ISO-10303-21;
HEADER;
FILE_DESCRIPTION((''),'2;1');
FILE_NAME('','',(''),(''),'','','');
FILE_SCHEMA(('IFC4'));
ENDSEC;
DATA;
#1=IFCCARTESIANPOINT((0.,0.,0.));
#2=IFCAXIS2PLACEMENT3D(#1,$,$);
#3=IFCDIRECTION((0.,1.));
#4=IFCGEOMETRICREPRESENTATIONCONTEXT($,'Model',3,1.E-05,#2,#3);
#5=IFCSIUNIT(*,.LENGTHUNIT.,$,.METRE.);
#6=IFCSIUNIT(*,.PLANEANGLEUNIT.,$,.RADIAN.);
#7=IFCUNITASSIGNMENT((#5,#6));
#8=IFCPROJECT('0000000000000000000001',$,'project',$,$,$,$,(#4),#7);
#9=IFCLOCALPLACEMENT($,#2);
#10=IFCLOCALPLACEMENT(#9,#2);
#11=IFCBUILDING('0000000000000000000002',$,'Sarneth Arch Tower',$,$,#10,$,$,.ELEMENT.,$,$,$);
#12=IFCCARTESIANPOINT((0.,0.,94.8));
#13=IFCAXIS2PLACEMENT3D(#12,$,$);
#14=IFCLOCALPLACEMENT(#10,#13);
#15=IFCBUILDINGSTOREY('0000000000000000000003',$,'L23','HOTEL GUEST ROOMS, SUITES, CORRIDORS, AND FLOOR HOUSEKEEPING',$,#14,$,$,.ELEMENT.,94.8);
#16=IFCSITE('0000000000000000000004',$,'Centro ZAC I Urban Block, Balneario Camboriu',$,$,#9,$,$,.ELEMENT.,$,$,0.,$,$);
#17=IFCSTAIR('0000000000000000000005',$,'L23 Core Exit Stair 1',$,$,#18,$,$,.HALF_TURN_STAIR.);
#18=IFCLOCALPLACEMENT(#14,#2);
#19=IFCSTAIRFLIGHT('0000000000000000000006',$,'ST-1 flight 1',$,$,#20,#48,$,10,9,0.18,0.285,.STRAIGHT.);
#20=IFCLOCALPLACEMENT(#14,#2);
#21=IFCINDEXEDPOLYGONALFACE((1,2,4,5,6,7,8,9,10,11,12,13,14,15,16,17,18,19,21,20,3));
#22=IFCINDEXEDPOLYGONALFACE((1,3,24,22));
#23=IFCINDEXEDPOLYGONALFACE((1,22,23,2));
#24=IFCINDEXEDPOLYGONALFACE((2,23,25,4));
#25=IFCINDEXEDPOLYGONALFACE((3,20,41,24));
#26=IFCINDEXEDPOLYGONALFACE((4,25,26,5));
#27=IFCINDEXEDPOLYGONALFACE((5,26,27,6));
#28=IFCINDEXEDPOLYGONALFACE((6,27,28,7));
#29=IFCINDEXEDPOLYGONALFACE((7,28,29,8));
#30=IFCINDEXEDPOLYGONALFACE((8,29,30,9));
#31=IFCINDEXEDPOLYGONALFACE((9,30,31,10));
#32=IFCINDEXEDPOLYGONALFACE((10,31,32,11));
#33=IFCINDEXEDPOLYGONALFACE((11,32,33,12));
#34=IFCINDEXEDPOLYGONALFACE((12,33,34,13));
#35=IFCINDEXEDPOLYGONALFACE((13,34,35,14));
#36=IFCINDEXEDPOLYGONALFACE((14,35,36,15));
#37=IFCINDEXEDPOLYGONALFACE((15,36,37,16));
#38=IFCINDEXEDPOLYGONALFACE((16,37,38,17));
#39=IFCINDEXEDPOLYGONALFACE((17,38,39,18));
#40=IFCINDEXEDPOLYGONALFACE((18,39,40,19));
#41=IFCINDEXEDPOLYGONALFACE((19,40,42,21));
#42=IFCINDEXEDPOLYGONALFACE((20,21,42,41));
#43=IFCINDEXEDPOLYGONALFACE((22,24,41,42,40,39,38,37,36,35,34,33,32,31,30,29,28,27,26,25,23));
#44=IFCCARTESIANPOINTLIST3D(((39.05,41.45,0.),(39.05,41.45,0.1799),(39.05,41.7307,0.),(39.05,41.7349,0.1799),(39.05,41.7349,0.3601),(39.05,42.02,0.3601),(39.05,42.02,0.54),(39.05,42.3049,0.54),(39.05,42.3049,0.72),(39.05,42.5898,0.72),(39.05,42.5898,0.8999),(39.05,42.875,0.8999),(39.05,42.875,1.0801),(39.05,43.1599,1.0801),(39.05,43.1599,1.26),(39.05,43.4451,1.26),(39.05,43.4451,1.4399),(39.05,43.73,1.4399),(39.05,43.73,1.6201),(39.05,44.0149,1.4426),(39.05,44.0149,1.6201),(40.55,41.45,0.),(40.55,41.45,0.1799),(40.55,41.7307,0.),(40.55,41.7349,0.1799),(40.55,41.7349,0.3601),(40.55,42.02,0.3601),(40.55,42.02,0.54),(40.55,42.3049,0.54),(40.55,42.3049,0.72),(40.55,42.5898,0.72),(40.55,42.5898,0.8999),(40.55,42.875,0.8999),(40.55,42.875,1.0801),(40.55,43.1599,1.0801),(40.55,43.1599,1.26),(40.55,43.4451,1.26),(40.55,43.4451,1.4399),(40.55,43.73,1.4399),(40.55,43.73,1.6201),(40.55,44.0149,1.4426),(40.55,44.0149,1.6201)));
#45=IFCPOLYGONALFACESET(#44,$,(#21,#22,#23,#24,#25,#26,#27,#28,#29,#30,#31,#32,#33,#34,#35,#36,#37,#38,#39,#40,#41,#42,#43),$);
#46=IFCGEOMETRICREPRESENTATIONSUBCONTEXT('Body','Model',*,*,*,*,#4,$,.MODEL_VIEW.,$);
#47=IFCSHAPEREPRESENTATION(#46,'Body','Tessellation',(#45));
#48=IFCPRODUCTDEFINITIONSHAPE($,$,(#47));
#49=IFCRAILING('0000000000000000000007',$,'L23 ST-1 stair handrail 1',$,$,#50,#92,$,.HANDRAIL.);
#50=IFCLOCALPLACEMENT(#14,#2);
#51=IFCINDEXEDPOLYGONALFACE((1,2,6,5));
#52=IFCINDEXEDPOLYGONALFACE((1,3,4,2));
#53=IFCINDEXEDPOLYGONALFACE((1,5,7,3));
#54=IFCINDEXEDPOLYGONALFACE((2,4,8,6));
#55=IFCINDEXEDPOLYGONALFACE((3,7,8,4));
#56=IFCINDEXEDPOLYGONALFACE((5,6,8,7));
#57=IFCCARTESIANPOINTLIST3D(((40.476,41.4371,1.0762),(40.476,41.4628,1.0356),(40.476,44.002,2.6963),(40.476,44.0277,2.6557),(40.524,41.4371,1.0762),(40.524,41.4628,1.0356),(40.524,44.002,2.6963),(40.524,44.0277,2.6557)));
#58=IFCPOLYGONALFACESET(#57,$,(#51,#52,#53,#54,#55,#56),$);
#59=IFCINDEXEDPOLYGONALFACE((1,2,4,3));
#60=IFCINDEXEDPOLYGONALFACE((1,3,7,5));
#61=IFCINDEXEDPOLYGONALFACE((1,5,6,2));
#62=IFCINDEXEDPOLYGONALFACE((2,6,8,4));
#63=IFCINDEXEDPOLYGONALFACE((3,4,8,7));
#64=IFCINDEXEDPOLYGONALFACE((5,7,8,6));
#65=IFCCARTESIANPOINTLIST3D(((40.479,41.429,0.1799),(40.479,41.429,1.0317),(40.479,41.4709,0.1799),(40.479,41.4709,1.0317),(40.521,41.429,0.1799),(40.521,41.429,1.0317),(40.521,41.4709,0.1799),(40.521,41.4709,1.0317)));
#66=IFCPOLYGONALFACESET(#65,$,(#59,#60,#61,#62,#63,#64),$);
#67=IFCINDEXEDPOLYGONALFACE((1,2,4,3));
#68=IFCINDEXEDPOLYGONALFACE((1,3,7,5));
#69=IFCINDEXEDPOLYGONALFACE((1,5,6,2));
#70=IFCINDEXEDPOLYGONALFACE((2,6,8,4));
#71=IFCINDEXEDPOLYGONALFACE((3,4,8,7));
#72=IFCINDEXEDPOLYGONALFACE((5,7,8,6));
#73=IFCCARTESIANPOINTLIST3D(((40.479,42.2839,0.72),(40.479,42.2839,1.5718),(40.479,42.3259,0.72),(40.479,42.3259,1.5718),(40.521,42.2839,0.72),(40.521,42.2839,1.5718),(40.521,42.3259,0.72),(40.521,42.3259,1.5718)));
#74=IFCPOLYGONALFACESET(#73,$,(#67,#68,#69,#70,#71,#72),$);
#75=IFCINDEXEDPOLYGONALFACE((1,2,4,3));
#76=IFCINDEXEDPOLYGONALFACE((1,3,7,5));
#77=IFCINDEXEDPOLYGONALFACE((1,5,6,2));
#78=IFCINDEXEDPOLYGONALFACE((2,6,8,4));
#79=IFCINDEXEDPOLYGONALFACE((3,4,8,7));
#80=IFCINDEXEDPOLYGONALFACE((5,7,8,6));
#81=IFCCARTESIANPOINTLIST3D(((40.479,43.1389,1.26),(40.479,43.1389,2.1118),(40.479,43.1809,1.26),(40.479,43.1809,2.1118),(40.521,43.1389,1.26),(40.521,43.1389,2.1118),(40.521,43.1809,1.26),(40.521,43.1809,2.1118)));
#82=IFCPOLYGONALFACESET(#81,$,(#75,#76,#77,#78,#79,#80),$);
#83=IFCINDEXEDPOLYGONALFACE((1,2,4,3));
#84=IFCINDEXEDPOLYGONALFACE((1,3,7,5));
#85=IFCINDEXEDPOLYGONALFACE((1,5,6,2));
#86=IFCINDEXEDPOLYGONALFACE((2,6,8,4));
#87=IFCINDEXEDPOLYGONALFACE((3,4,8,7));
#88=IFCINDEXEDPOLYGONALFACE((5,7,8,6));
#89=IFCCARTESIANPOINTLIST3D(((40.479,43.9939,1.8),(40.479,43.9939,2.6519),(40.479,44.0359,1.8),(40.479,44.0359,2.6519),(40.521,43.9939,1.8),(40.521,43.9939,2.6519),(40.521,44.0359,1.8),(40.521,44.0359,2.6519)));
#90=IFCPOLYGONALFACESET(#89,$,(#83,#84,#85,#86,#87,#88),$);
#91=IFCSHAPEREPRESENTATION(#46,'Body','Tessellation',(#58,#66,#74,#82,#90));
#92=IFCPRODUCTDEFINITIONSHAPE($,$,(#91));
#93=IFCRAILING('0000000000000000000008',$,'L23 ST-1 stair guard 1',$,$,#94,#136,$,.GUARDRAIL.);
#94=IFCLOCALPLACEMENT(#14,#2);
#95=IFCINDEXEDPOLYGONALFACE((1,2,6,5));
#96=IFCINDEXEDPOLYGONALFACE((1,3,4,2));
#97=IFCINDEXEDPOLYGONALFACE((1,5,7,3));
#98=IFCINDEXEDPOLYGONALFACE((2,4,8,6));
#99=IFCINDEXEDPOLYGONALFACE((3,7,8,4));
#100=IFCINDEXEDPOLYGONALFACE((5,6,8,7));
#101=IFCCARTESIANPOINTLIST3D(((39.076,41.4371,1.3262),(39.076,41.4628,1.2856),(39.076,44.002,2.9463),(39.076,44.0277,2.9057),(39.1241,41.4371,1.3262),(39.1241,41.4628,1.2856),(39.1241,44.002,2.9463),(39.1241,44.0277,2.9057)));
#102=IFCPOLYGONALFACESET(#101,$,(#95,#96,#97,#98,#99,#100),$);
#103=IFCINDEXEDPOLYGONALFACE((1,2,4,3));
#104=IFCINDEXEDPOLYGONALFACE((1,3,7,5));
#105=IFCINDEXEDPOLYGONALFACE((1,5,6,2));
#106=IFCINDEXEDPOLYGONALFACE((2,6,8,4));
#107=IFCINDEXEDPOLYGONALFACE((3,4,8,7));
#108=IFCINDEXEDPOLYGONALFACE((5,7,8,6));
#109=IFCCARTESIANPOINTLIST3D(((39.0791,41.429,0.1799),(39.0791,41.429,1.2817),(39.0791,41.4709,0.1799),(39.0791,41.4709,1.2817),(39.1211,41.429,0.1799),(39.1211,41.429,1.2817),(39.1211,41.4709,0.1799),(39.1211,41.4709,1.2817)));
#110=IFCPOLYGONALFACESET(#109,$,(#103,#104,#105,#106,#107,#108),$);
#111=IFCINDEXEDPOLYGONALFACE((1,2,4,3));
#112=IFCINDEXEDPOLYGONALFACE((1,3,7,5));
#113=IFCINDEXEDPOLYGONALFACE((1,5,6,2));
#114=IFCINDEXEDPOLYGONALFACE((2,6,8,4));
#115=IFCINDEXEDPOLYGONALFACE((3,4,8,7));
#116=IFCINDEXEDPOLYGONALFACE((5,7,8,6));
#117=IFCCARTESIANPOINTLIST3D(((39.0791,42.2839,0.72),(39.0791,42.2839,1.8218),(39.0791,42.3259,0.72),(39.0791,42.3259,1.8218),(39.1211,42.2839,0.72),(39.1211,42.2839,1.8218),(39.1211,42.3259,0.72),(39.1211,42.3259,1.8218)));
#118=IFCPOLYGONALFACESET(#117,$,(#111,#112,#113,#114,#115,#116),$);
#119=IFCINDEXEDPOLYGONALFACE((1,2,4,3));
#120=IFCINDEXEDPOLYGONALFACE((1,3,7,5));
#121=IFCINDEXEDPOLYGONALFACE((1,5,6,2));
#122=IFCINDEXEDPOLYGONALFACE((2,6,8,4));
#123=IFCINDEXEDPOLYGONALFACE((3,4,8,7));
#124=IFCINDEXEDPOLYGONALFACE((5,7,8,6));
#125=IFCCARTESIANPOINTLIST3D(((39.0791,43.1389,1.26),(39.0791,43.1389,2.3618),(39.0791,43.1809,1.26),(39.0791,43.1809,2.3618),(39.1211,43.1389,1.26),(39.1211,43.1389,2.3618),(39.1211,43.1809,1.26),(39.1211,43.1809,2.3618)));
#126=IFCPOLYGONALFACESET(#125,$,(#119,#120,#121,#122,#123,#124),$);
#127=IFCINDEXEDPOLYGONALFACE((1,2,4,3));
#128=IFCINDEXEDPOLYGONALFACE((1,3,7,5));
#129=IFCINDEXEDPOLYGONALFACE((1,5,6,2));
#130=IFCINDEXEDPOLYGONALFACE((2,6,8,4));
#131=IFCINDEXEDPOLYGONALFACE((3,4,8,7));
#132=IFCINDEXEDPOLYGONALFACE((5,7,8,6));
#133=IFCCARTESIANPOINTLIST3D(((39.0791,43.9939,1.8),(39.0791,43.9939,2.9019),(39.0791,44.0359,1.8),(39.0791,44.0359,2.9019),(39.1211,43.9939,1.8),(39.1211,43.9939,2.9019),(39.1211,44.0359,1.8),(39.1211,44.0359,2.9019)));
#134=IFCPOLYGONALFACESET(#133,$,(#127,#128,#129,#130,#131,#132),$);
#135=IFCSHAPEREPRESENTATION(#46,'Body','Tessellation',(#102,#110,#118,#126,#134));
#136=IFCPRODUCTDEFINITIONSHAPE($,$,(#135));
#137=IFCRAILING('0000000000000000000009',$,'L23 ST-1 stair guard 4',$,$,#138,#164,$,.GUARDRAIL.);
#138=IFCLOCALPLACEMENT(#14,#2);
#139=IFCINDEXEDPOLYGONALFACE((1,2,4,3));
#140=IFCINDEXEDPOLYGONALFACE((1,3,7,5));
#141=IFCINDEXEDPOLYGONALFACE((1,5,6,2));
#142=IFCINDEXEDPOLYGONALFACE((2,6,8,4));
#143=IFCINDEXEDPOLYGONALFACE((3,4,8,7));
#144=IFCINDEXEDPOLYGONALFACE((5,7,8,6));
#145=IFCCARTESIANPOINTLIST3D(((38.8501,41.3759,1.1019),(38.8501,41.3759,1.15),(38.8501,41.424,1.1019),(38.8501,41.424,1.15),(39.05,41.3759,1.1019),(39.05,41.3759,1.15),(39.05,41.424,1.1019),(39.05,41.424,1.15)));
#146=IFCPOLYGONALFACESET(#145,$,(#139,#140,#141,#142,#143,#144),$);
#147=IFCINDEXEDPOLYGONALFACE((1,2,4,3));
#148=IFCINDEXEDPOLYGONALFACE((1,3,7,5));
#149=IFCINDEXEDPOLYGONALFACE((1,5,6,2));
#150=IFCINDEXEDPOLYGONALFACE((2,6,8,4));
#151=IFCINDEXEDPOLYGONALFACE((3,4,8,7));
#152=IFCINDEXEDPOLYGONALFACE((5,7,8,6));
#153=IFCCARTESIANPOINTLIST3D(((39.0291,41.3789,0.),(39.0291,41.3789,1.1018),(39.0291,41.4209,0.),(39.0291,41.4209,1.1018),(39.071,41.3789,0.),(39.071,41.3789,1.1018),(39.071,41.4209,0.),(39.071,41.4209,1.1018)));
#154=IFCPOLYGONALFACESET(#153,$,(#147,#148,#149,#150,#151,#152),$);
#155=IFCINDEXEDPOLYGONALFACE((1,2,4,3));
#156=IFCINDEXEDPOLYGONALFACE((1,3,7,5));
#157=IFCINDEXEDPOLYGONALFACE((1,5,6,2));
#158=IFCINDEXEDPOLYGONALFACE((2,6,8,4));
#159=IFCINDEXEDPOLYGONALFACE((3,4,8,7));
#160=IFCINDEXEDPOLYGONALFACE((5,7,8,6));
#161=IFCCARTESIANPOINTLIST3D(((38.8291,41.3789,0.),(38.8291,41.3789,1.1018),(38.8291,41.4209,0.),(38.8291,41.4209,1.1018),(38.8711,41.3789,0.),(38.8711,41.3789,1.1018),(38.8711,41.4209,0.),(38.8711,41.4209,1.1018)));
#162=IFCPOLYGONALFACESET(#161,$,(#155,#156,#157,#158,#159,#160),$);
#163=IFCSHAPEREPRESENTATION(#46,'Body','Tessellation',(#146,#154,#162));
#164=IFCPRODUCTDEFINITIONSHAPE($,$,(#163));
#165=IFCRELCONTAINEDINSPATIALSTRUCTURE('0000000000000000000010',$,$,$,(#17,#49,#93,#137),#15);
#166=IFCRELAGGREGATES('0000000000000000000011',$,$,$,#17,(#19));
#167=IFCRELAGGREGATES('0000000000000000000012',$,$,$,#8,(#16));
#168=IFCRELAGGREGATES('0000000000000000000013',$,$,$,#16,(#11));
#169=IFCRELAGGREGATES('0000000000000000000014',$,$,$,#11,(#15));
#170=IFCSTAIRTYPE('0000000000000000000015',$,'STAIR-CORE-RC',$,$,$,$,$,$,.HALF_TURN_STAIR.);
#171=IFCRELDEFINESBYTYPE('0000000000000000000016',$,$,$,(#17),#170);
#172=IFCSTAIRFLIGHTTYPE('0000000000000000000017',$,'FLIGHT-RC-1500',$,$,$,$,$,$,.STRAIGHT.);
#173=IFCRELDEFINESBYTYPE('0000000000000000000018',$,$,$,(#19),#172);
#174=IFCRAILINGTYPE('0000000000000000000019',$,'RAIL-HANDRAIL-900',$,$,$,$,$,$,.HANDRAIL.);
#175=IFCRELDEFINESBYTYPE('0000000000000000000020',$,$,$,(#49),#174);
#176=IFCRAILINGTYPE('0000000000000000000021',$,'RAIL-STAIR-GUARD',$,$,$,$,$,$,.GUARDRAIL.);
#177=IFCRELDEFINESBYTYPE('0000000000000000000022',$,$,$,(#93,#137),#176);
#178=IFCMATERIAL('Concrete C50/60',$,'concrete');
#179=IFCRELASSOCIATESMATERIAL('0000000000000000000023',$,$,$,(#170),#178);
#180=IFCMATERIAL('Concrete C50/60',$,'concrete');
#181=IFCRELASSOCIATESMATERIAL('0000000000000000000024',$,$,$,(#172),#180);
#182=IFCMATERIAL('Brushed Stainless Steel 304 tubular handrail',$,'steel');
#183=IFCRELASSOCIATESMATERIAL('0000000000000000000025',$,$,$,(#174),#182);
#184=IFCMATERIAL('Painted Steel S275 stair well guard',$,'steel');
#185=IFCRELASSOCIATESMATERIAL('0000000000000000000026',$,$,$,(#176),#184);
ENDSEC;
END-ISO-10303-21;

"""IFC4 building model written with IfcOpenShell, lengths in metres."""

from ifc_helpers import new_model, si_unit, direction, frame, origin, origin_2d, place, context, subcontext, project, spatial, polyline, rectangle, outline, extrude, material, type_object, element, aggregate, save


model = new_model("IFC4")

# Units and contexts
model_context = context("Model", 3, precision=1e-05, world=origin(), true_north=direction((0.0, 1.0)))
body_context = subcontext(model_context, "Body", "Model", "MODEL_VIEW")
ifc_project = project(units=[si_unit("LENGTHUNIT", "METRE"), si_unit("PLANEANGLEUNIT", "RADIAN")], contexts=[model_context])

# Site, building, storey
site_placement = place(None, origin())
site = spatial("IfcSite", under=ifc_project, at=site_placement, Name="Centro ZAC I Urban Block, Balneario Camboriu", CompositionType="ELEMENT", RefElevation=0.0)
building_placement = place(site_placement, origin())
building = spatial("IfcBuilding", under=site, at=building_placement, Name="Sarneth Arch Tower", CompositionType="ELEMENT")
storey_placement = place(building_placement, frame((0.0, 0.0, 94.8)))
storey = spatial("IfcBuildingStorey", under=building, at=storey_placement, Name="L23", Description="HOTEL GUEST ROOMS, SUITES, CORRIDORS, AND FLOOR HOUSEKEEPING", CompositionType="ELEMENT", Elevation=94.8)

# Stair, stair flight
ifc_material_1 = material(Name="Concrete C50/60", Category="concrete")
stair_type = type_object("IfcStairType", Name="STAIR-CORE-RC", PredefinedType="HALF_TURN_STAIR", material=ifc_material_1)
stair_placement = place(storey_placement, origin())
stair = element("IfcStair", 1, at=stair_placement, inside=storey, type_object=stair_type, Name="L23 Core Exit Stair 1", PredefinedType="HALF_TURN_STAIR")
ifc_material_2 = material(Name="Concrete C50/60", Category="concrete")
stair_flight_type = type_object("IfcStairFlightType", Name="FLIGHT-RC-1500", PredefinedType="STRAIGHT", material=ifc_material_2)
stair_flight_placement = place(storey_placement, frame((39.8, 41.45, 0.0), z_axis=(0.0, 0.0, 1.0), x_axis=(0.0, 1.0, 0.0)))
stair_flight = element("IfcStairFlight", 2, at=stair_flight_placement, type_object=stair_flight_type, Name="ST-1 flight 1", NumberOfRisers=10, NumberOfTreads=9, PredefinedType="STRAIGHT", RiserHeight=0.18, TreadLength=0.285, context=body_context, shape_type="SweptSolid", body=[
    extrude(outline(polyline([(0.0, 0.0), (0.0, 0.1799), (0.2849, 0.1799), (0.2849, 0.3601), (0.5701, 0.3601), (0.5701, 0.54), (0.855, 0.54), (0.855, 0.72), (1.1399, 0.72), (1.1399, 0.8999), (1.425, 0.8999), (1.425, 1.0801), (1.71, 1.0801), (1.71, 1.26), (1.9951, 1.26), (1.9951, 1.4399), (2.28, 1.4399), (2.28, 1.6201), (2.5649, 1.6201), (2.5649, 1.8), (2.5649, 1.4426), (0.2808, 0.0), (0.0, 0.0)])), frame((0.0, 0.75, 0.0), z_axis=(0.0, -1.0, 0.0), x_axis=(1.0, 0.0, 0.0)), (0.0, 0.0, 1.0), 1.5),
])
aggregate(stair, [stair_flight])

# Railings
ifc_material_3 = material(Name="Brushed Stainless Steel 304 tubular handrail", Category="steel")
railing_type_1 = type_object("IfcRailingType", Name="RAIL-HANDRAIL-900", PredefinedType="HANDRAIL", material=ifc_material_3)
railing_1_placement = place(storey_placement, frame((40.5, 41.45, 0.1799)))
element("IfcRailing", 3, at=railing_1_placement, inside=storey, type_object=railing_type_1, Name="L23 ST-1 stair handrail 1", PredefinedType="HANDRAIL", context=body_context, shape_type="SweptSolid", body=[
    extrude(rectangle(XDim=0.0481, YDim=0.0481, at=origin_2d()), frame((0.0, 0.0, 0.876), z_axis=(0.0, 0.845466, 0.534029), x_axis=(-1.0, 0.0, 0.0)), (0.0, 0.0, 1.0), 3.0337),
    extrude(rectangle(XDim=0.042, YDim=0.042, at=origin_2d()), origin(), (0.0, 0.0, 1.0), 0.8518),
    extrude(rectangle(XDim=0.042, YDim=0.042, at=origin_2d()), frame((0.0, 0.855, 0.54)), (0.0, 0.0, 1.0), 0.8518),
    extrude(rectangle(XDim=0.042, YDim=0.042, at=origin_2d()), frame((0.0, 1.71, 1.0801)), (0.0, 0.0, 1.0), 0.8518),
    extrude(rectangle(XDim=0.042, YDim=0.042, at=origin_2d()), frame((0.0, 2.5649, 1.6201)), (0.0, 0.0, 1.0), 0.8518),
])
ifc_material_4 = material(Name="Painted Steel S275 stair well guard", Category="steel")
railing_type_2 = type_object("IfcRailingType", Name="RAIL-STAIR-GUARD", PredefinedType="GUARDRAIL", material=ifc_material_4)
railing_2_placement = place(storey_placement, frame((39.1001, 41.45, 0.1799)))
element("IfcRailing", 4, at=railing_2_placement, inside=storey, type_object=railing_type_2, Name="L23 ST-1 stair guard 1", PredefinedType="GUARDRAIL", context=body_context, shape_type="SweptSolid", body=[
    extrude(rectangle(XDim=0.0481, YDim=0.0481, at=origin_2d()), frame((0.0, 0.0, 1.126), z_axis=(0.0, 0.845466, 0.534029), x_axis=(-1.0, 0.0, 0.0)), (0.0, 0.0, 1.0), 3.0337),
    extrude(rectangle(XDim=0.042, YDim=0.042, at=origin_2d()), origin(), (0.0, 0.0, 1.0), 1.1018),
    extrude(rectangle(XDim=0.042, YDim=0.042, at=origin_2d()), frame((0.0, 0.855, 0.54)), (0.0, 0.0, 1.0), 1.1018),
    extrude(rectangle(XDim=0.042, YDim=0.042, at=origin_2d()), frame((0.0, 1.71, 1.0801)), (0.0, 0.0, 1.0), 1.1018),
    extrude(rectangle(XDim=0.042, YDim=0.042, at=origin_2d()), frame((0.0, 2.5649, 1.6201)), (0.0, 0.0, 1.0), 1.1018),
])
railing_3_placement = place(storey_placement, frame((39.05, 41.3999, 0.0)))
element("IfcRailing", 5, at=railing_3_placement, inside=storey, type_object=railing_type_2, Name="L23 ST-1 stair guard 4", PredefinedType="GUARDRAIL", context=body_context, shape_type="SweptSolid", body=[
    extrude(rectangle(XDim=0.0481, YDim=0.0481, at=origin_2d()), frame((0.0, 0.0, 1.126), z_axis=(-1.0, 0.0, 0.0), x_axis=(0.0, -1.0, 0.0)), (0.0, 0.0, 1.0), 0.2),
    extrude(rectangle(XDim=0.042, YDim=0.042, at=origin_2d()), origin(), (0.0, 0.0, 1.0), 1.1018),
    extrude(rectangle(XDim=0.042, YDim=0.042, at=origin_2d()), frame((-0.2, 0.0, 0.0)), (0.0, 0.0, 1.0), 1.1018),
])

save(model, "model.ifc")
